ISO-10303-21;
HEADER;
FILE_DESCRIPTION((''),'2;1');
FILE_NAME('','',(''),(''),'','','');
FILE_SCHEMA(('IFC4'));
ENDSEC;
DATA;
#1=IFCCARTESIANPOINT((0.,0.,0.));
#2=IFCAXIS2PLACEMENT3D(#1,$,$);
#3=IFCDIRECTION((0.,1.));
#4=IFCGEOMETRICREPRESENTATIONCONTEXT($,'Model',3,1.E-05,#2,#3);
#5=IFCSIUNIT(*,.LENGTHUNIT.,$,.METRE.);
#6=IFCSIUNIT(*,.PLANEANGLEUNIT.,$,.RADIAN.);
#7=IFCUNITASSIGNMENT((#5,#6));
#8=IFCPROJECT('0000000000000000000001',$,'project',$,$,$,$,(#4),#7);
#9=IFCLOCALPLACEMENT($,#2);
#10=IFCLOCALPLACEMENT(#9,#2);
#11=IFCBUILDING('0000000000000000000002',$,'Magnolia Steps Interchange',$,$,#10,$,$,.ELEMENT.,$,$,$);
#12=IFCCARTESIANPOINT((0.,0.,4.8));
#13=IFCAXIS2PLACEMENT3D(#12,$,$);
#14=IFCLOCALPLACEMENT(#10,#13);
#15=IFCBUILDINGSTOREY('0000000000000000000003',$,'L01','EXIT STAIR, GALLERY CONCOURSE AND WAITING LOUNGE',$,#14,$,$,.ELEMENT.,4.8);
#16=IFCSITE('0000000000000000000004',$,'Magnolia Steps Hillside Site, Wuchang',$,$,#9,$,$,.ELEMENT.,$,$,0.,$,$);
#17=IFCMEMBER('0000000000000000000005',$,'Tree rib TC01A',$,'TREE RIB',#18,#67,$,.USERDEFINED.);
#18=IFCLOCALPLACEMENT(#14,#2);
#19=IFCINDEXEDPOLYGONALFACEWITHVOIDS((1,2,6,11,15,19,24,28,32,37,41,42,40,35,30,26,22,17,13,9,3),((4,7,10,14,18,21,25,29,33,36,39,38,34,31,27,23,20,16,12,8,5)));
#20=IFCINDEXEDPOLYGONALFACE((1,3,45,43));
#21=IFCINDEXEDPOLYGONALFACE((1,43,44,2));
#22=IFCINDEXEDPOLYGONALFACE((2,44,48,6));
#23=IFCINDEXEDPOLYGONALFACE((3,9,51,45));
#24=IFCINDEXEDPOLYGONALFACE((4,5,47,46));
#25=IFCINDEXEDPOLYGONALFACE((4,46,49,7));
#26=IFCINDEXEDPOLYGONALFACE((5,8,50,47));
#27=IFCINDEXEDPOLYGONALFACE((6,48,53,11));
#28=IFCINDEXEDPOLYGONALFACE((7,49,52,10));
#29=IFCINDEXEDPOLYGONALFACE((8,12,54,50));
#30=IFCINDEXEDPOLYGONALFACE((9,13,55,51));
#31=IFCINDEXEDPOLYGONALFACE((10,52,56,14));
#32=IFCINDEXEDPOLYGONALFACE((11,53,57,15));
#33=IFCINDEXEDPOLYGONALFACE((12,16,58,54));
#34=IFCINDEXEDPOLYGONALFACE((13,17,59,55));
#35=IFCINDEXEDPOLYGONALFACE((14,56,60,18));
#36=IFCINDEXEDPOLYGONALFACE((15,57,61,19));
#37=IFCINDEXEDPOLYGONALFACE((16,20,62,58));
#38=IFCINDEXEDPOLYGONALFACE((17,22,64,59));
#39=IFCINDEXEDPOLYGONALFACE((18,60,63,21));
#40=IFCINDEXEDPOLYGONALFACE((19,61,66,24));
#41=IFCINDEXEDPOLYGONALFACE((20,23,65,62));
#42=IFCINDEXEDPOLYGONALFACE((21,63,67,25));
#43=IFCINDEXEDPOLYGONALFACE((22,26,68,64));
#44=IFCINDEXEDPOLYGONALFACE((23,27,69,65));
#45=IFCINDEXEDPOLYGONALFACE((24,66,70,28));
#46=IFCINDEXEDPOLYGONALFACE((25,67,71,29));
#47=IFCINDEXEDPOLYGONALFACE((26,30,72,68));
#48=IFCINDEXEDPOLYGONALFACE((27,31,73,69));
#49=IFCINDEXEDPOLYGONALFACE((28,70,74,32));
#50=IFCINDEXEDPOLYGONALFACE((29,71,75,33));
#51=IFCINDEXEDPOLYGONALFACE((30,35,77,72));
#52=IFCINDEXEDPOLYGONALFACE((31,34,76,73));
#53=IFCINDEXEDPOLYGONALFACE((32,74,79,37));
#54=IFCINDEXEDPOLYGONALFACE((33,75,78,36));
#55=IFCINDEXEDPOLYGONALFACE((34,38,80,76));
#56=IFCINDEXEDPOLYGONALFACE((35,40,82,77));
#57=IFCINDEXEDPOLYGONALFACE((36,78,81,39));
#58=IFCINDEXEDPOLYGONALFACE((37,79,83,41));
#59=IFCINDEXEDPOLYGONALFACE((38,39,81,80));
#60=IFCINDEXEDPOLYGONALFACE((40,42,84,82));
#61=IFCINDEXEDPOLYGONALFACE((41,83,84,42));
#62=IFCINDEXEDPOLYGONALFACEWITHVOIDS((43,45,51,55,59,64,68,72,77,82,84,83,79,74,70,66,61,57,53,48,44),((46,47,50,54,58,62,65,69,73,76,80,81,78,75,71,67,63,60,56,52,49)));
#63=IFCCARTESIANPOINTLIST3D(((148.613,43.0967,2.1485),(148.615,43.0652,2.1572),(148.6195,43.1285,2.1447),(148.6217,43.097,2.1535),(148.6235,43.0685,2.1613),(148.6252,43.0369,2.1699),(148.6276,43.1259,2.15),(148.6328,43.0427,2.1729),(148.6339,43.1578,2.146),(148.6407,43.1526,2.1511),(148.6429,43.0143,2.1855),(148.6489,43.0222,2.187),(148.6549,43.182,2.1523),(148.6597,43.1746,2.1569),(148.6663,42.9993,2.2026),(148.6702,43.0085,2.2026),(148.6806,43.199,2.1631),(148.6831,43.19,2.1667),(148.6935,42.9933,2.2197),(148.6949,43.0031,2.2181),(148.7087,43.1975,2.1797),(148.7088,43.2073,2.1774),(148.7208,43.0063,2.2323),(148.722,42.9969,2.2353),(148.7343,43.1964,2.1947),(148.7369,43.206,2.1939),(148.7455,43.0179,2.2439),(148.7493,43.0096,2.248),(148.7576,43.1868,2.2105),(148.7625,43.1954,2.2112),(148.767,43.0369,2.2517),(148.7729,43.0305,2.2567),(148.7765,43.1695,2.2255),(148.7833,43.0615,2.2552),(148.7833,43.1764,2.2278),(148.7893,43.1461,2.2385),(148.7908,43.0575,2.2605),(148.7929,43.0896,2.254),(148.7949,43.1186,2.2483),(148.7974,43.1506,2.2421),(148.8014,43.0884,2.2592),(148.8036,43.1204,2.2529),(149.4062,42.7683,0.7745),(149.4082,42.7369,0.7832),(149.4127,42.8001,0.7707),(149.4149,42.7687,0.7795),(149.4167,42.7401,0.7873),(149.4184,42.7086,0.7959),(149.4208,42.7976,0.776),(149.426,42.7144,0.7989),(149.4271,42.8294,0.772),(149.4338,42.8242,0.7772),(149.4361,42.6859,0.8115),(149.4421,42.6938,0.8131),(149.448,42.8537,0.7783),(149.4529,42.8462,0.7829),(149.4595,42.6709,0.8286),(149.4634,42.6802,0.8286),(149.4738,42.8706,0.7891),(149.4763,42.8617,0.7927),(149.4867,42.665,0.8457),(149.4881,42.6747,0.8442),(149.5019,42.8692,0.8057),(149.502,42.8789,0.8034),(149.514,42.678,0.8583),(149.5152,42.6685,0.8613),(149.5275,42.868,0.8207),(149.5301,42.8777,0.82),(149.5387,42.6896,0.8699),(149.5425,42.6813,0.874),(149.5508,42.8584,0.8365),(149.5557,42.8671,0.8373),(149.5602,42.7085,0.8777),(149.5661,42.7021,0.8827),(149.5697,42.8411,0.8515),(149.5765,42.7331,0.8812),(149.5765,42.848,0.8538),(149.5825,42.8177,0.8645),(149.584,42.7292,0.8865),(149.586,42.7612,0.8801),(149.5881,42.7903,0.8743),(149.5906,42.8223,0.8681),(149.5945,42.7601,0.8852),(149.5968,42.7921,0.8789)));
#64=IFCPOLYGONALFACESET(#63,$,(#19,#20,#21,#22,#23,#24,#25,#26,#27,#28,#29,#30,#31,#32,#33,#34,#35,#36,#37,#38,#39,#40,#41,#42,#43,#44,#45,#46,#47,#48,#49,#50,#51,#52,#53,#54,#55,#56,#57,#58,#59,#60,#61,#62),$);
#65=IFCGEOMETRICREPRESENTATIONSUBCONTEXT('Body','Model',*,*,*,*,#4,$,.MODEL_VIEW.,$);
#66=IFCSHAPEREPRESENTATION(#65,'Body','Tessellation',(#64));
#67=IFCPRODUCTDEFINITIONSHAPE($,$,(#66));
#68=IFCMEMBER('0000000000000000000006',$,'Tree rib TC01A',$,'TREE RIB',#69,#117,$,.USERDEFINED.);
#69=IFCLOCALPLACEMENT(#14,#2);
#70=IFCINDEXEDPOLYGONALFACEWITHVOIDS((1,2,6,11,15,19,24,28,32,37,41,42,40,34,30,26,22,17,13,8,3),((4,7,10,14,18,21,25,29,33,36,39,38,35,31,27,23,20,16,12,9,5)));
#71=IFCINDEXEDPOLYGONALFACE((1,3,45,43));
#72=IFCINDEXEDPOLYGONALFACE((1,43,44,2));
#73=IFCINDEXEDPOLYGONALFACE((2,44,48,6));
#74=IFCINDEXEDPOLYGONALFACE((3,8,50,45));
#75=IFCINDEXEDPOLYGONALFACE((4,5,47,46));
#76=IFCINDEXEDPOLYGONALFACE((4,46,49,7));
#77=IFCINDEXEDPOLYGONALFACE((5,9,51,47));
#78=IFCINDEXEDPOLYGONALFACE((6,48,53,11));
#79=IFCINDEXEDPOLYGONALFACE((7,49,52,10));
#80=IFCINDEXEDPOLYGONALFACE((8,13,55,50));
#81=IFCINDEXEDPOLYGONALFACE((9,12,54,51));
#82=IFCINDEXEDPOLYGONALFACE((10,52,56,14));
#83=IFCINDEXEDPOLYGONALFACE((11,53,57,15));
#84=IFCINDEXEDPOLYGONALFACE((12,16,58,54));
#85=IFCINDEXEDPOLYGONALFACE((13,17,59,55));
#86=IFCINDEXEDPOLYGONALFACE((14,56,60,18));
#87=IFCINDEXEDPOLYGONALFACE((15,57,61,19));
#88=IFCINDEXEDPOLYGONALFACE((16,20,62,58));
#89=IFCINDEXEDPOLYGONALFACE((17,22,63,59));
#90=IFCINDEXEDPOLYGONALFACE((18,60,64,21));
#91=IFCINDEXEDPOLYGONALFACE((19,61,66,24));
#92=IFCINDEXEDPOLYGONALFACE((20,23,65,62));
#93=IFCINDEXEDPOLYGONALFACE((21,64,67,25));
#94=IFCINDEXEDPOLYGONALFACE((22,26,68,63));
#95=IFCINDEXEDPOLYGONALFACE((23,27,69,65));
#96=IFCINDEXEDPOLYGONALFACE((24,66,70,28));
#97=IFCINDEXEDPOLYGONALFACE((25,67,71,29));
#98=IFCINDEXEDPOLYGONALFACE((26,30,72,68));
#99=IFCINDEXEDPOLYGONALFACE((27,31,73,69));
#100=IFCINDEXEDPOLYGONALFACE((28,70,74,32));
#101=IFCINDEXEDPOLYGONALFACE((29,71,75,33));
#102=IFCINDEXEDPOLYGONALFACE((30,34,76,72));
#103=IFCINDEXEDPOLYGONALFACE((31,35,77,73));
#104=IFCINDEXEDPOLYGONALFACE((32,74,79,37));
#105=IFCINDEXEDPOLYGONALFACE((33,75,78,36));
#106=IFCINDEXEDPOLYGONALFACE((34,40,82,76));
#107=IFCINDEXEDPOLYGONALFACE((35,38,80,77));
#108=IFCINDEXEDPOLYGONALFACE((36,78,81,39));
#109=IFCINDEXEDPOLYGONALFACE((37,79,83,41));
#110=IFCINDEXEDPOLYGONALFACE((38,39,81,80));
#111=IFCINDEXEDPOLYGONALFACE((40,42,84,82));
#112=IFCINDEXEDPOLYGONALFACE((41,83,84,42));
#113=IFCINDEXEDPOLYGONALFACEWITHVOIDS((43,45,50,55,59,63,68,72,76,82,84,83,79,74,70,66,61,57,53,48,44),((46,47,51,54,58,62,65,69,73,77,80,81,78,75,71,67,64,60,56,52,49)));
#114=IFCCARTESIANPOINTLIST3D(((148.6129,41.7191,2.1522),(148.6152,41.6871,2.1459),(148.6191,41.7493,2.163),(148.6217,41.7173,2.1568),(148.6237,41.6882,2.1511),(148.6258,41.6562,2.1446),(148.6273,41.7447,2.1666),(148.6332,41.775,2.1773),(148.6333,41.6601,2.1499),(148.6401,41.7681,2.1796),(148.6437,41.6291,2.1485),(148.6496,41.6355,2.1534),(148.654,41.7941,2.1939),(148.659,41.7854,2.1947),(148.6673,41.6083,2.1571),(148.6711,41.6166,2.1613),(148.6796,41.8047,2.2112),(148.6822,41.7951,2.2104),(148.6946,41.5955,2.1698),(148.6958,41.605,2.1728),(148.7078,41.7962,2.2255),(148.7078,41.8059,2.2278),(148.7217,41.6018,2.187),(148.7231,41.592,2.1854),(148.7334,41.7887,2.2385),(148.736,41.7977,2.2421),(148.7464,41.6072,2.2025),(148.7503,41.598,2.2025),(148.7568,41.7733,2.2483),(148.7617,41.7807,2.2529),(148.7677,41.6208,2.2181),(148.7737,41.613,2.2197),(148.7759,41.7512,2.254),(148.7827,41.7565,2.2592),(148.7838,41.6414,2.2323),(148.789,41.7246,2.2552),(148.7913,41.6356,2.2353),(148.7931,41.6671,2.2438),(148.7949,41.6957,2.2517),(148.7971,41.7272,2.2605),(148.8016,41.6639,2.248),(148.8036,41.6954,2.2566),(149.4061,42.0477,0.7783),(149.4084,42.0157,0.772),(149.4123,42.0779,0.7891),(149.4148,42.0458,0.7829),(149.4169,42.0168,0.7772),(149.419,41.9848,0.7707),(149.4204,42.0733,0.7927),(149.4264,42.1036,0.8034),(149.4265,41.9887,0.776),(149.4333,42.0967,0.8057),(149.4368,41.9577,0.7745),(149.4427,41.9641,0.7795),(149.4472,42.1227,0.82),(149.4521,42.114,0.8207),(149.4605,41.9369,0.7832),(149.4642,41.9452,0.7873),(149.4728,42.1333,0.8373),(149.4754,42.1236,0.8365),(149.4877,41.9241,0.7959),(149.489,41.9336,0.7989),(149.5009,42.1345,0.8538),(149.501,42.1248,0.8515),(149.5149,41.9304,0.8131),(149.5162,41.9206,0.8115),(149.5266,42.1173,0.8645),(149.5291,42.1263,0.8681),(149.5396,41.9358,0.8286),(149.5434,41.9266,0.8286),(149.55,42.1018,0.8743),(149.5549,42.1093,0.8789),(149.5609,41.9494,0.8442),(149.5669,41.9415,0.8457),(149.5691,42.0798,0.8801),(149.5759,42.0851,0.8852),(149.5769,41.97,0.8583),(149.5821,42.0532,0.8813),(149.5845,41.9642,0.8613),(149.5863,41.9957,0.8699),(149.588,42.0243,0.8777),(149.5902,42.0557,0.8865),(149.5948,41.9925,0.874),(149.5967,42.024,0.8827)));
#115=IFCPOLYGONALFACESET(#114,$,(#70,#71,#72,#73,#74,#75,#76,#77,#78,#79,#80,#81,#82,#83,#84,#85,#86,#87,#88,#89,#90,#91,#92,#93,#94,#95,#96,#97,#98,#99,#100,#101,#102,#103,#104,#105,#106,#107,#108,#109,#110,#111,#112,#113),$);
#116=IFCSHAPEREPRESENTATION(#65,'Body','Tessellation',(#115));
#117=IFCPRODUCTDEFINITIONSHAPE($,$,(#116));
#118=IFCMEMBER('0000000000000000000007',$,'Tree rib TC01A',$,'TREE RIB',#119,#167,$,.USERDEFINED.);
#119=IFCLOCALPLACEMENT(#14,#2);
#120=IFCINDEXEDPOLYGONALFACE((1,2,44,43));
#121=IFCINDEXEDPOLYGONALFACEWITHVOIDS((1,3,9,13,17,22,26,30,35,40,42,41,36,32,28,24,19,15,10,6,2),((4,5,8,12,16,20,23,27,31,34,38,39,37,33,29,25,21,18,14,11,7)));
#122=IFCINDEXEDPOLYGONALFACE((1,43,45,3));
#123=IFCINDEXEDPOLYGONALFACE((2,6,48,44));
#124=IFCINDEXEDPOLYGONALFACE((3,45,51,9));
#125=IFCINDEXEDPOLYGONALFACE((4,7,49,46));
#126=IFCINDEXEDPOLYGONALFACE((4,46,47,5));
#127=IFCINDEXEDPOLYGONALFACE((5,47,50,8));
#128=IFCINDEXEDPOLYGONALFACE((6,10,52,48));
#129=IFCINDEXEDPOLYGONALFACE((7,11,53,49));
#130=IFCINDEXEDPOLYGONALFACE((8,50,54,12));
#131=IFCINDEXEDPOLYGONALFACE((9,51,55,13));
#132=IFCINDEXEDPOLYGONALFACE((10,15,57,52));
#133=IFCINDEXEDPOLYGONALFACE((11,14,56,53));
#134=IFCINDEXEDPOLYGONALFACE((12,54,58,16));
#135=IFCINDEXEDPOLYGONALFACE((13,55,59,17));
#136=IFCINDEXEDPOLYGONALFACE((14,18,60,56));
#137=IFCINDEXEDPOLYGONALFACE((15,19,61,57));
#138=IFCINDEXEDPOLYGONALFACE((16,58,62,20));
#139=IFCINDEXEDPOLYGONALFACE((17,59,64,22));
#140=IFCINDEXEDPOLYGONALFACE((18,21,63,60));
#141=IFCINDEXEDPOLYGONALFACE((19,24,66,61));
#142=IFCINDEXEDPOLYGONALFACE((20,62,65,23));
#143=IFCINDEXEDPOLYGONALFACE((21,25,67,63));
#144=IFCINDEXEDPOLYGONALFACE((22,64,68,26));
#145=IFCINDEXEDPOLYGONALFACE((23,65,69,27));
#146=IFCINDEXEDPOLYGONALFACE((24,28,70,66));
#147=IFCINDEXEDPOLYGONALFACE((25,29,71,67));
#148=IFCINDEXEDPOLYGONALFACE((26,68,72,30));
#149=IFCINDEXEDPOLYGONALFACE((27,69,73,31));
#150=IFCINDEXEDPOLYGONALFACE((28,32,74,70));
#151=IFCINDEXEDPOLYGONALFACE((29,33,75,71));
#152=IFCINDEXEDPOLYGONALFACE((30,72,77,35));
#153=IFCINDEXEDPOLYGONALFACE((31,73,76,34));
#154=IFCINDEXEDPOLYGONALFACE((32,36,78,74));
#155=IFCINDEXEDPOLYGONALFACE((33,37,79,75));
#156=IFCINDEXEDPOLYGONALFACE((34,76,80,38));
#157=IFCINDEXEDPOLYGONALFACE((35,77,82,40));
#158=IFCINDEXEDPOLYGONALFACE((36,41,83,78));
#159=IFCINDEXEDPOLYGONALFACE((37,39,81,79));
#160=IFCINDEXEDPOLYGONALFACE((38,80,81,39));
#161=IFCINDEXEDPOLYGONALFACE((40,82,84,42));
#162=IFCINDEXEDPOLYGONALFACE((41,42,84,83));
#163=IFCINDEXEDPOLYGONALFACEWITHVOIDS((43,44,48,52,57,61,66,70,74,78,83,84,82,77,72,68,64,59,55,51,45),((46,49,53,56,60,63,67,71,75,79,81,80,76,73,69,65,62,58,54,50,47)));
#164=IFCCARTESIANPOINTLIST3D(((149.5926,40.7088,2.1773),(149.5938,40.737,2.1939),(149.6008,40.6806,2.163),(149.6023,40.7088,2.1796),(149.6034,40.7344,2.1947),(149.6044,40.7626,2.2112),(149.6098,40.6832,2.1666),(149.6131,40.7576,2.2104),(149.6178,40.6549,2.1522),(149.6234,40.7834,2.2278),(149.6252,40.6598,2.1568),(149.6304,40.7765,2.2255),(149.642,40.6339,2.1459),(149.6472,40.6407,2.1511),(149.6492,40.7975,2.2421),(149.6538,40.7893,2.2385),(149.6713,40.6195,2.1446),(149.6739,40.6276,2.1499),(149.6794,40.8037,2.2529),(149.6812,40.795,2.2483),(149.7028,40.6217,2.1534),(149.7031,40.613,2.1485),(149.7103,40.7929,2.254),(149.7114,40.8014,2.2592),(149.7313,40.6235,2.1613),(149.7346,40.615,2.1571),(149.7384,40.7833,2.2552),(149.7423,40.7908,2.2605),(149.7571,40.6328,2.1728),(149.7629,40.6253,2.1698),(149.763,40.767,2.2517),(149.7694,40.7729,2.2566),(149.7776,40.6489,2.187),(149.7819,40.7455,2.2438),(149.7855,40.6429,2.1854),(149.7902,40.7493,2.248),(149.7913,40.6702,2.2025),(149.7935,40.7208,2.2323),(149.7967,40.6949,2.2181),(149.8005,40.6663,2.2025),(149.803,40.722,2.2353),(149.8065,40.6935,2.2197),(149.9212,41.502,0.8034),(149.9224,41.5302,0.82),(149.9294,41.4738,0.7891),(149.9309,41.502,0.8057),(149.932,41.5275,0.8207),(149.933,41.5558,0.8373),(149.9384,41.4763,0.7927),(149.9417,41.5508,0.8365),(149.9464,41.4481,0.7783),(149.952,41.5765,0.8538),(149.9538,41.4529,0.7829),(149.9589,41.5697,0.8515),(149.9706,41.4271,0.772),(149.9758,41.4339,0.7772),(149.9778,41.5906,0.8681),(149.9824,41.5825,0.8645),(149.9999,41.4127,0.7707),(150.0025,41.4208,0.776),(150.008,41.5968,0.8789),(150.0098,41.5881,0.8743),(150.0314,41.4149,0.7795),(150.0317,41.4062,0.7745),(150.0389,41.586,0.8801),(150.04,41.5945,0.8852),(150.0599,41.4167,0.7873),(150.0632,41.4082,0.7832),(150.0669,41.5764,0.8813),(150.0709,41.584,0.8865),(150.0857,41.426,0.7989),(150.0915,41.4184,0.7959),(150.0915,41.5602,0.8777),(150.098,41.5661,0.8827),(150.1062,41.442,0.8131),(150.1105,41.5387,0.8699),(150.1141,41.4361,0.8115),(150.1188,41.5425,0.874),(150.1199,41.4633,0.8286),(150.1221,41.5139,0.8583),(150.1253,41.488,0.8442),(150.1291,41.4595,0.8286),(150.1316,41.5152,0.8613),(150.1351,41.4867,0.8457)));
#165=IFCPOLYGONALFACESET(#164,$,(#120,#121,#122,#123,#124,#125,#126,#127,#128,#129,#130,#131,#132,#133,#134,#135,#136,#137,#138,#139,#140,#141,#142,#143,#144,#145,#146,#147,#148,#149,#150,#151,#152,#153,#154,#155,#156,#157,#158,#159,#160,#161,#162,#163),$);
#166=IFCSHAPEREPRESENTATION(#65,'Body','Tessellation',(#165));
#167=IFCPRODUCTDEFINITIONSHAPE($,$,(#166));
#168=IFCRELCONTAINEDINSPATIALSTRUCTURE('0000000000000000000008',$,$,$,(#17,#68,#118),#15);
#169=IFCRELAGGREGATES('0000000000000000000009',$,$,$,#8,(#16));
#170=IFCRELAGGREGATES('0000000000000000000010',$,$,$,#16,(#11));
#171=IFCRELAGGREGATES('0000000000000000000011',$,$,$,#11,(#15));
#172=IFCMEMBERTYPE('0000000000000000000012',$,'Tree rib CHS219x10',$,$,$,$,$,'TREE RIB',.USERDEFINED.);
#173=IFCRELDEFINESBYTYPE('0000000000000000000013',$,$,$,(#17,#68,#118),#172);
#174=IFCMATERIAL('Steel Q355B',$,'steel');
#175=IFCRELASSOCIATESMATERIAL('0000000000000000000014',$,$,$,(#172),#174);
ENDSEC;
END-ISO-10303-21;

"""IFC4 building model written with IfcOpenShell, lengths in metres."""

from ifc_helpers import new_model, si_unit, direction, frame, origin, origin_2d, place, context, subcontext, project, spatial, hollow_circle, extrude, material, material_profile, profile_set, type_object, element, save


model = new_model("IFC4")

# Units and contexts
model_context = context("Model", 3, precision=1e-05, world=origin(), true_north=direction((0.0, 1.0)))
body_context = subcontext(model_context, "Body", "Model", "MODEL_VIEW")
ifc_project = project(units=[si_unit("LENGTHUNIT", "METRE"), si_unit("PLANEANGLEUNIT", "RADIAN")], contexts=[model_context])

# Site, building, storey
site_placement = place(None, origin())
site = spatial("IfcSite", under=ifc_project, at=site_placement, Name="Magnolia Steps Hillside Site, Wuchang", CompositionType="ELEMENT", RefElevation=0.0)
building_placement = place(site_placement, origin())
building = spatial("IfcBuilding", under=site, at=building_placement, Name="Magnolia Steps Interchange", CompositionType="ELEMENT")
storey_placement = place(building_placement, frame((0.0, 0.0, 4.8)))
storey = spatial("IfcBuildingStorey", under=building, at=storey_placement, Name="L01", Description="EXIT STAIR, GALLERY CONCOURSE AND WAITING LOUNGE", CompositionType="ELEMENT", Elevation=4.8)

# Members
ifc_material_1 = material(Name="Steel Q355B", Category="steel")
ifc_material_profile_1 = material_profile(ifc_material_1, hollow_circle(Radius=0.1096, WallThickness=0.01, at=origin_2d()), Name="CHS219x10")
ifc_profile_set_1 = profile_set([ifc_material_profile_1], Name="Steel Q355B")
member_type = type_object("IfcMemberType", Name="Tree rib CHS219x10", ElementType="TREE RIB", PredefinedType="USERDEFINED", material=ifc_profile_set_1)
for number, where, z_axis, x_axis, name in (
    (1, (149.5015, 42.7722, 0.8286), (-0.489586, 0.202676, 0.848073), (-0.382494, -0.923958, 0.0), "Tree rib TC01A"),
    (2, (149.5015, 42.0278, 0.8286), (-0.489571, -0.20282, 0.848047), (0.382737, -0.923857, 0.0), "Tree rib TC01A"),
    (3, (150.0278, 41.5015, 0.8286), (-0.20282, -0.489571, 0.848047), (0.923857, -0.382737, 0.0), "Tree rib TC01A"),
):
    element("IfcMember", number, at=place(storey_placement, frame(where, z_axis=z_axis, x_axis=x_axis)), inside=storey, type_object=member_type, Name=name, ObjectType="TREE RIB", PredefinedType="USERDEFINED", context=body_context, shape_type="SweptSolid", body=[
        extrude(hollow_circle(Radius=0.1096, WallThickness=0.01, at=origin_2d()), origin(), (0.0, 0.0, 1.0), 1.6201),
    ])

save(model, "model.ifc")
